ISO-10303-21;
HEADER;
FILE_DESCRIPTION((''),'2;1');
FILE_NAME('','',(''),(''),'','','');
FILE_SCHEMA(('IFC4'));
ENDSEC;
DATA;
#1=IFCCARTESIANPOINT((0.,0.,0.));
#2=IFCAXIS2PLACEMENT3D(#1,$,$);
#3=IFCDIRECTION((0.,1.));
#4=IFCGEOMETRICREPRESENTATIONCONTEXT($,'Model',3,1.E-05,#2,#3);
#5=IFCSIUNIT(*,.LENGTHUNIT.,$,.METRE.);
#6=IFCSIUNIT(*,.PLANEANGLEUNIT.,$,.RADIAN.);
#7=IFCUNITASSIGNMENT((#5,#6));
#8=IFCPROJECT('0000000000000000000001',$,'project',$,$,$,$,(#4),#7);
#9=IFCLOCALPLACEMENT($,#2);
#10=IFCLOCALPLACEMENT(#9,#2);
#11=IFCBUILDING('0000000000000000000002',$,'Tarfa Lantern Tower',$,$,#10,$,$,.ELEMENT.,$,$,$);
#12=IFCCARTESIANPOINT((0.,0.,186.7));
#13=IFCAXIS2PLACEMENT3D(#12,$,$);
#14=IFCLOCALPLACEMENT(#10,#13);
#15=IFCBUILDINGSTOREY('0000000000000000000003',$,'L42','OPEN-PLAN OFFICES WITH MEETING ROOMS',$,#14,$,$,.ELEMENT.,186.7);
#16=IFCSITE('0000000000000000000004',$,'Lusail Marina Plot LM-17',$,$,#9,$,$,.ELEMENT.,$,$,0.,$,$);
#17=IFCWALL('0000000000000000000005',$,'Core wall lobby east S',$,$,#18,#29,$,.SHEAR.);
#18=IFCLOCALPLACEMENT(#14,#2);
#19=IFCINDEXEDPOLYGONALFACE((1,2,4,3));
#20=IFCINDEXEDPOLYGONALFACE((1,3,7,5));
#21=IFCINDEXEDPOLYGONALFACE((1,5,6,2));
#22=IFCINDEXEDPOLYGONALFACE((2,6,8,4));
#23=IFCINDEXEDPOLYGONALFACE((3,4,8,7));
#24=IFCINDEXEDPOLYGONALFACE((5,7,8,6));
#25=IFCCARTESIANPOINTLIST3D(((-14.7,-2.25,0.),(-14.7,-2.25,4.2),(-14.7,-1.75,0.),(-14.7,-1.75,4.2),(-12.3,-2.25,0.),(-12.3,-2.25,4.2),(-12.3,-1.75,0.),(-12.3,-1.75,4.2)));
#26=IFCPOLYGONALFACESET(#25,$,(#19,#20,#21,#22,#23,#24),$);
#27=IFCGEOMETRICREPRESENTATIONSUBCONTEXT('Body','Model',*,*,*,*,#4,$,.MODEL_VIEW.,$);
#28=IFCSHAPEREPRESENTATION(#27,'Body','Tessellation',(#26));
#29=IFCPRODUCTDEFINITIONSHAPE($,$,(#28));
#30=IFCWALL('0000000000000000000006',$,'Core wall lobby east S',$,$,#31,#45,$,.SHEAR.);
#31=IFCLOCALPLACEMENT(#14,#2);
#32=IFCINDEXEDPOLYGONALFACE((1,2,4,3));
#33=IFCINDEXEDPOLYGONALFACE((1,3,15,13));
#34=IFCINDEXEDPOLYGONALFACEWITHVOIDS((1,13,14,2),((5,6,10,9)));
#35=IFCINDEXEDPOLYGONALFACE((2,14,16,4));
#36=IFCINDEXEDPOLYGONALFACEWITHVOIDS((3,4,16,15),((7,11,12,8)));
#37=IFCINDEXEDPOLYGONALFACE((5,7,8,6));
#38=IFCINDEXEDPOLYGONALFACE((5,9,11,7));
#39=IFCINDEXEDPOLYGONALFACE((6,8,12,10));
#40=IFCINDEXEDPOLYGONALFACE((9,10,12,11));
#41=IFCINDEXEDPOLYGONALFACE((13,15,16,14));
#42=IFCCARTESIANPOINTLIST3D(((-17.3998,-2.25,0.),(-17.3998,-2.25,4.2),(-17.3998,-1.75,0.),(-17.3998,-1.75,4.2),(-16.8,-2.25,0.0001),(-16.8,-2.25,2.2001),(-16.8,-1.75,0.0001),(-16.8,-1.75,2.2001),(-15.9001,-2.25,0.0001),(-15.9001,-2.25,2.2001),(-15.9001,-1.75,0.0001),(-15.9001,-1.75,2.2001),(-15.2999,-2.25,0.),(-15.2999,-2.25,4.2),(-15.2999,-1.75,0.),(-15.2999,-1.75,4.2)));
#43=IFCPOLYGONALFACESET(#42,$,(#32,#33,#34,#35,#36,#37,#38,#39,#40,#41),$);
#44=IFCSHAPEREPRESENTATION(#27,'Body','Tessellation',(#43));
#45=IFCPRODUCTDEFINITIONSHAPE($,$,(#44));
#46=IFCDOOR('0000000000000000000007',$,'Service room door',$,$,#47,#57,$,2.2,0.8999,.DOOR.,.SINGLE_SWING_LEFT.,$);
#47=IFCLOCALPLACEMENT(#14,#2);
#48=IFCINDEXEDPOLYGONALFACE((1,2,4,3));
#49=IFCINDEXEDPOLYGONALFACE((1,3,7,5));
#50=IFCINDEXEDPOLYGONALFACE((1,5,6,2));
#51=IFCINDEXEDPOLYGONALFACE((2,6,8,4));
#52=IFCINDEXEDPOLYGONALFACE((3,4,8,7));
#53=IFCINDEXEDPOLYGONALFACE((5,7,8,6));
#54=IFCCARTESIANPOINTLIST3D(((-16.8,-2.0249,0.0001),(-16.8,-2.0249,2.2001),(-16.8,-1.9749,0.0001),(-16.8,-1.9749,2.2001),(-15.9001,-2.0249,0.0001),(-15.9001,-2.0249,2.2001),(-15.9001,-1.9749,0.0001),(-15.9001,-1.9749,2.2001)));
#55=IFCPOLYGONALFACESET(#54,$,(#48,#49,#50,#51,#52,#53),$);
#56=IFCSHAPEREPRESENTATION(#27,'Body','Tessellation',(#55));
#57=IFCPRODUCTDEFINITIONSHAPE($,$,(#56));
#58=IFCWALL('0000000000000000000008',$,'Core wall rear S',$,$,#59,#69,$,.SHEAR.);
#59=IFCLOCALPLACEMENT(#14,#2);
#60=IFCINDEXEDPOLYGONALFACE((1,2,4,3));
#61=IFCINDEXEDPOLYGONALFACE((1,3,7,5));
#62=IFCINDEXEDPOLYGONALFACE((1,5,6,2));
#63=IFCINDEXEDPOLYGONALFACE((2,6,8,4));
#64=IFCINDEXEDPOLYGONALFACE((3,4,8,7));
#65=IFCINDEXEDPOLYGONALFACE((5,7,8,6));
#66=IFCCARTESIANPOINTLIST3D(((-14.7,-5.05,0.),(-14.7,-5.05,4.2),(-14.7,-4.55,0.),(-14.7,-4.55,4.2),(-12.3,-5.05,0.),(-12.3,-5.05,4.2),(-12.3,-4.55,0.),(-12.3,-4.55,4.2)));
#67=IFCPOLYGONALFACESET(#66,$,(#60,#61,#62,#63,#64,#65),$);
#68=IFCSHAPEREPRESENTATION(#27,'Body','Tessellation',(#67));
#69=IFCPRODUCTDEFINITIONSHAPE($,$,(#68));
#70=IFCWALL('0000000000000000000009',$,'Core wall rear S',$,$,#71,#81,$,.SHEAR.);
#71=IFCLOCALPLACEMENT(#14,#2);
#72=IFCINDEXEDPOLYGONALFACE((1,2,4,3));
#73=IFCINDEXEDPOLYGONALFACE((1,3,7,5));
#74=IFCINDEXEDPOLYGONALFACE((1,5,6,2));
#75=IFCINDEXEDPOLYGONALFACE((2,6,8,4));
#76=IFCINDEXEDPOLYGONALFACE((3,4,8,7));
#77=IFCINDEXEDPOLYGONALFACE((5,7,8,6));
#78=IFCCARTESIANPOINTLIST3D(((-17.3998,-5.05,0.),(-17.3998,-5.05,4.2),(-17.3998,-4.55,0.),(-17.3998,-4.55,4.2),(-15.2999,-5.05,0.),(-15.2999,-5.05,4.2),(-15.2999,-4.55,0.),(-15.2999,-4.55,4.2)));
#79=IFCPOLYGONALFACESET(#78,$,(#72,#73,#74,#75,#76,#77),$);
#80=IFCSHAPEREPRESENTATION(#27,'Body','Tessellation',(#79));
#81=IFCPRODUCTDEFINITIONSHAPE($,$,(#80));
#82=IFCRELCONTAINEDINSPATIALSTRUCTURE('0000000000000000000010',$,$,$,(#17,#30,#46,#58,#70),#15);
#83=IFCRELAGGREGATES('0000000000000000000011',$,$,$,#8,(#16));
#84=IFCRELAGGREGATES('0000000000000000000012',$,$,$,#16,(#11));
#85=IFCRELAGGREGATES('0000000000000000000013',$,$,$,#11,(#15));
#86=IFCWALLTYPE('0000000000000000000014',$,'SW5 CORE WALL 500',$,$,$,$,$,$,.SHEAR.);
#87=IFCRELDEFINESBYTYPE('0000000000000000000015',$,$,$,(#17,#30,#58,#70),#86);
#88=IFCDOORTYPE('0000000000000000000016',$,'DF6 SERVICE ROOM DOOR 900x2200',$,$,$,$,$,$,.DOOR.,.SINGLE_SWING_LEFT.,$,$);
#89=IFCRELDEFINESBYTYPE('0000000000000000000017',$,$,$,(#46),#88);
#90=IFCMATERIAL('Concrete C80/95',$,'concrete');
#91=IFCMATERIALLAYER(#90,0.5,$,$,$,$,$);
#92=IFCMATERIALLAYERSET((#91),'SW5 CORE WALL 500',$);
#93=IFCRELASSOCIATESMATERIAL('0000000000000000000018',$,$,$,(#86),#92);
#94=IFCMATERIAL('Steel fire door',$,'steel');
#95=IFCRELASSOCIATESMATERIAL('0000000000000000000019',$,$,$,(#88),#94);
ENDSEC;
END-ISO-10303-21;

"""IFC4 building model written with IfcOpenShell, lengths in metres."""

from ifc_helpers import new_model, si_unit, direction, frame, frame_2d, origin, place, context, subcontext, project, spatial, rectangle, extrude, material, layer, layer_set, type_object, element, fill, save


model = new_model("IFC4")

# Units and contexts
model_context = context("Model", 3, precision=1e-05, world=origin(), true_north=direction((0.0, 1.0)))
body_context = subcontext(model_context, "Body", "Model", "MODEL_VIEW")
ifc_project = project(units=[si_unit("LENGTHUNIT", "METRE"), si_unit("PLANEANGLEUNIT", "RADIAN")], contexts=[model_context])

# Site, building, storey
site_placement = place(None, origin())
site = spatial("IfcSite", under=ifc_project, at=site_placement, Name="Lusail Marina Plot LM-17", CompositionType="ELEMENT", RefElevation=0.0)
building_placement = place(site_placement, origin())
building = spatial("IfcBuilding", under=site, at=building_placement, Name="Tarfa Lantern Tower", CompositionType="ELEMENT")
storey_placement = place(building_placement, frame((0.0, 0.0, 186.7)))
storey = spatial("IfcBuildingStorey", under=building, at=storey_placement, Name="L42", Description="OPEN-PLAN OFFICES WITH MEETING ROOMS", CompositionType="ELEMENT", Elevation=186.7)

# Wall
ifc_material_1 = material(Name="Concrete C80/95", Category="concrete")
ifc_layer_1 = layer(ifc_material_1, 0.5)
ifc_layer_set_1 = layer_set([ifc_layer_1], Name="SW5 CORE WALL 500")
wall_type_1 = type_object("IfcWallType", Name="SW5 CORE WALL 500", PredefinedType="SHEAR", material=ifc_layer_set_1)
wall_1_placement = place(storey_placement, frame((-12.3, -2.0, 0.0), z_axis=(0.0, 0.0, 1.0), x_axis=(-1.0, 0.0, 0.0)))
element("IfcWall", 1, at=wall_1_placement, inside=storey, type_object=wall_type_1, Name="Core wall lobby east S", PredefinedType="SHEAR", context=body_context, shape_type="SweptSolid", body=[
    extrude(rectangle(XDim=2.3999, YDim=0.5, at=frame_2d((1.2, 0.0))), origin(), (0.0, 0.0, 1.0), 4.2),
])

# Wall, opening, door
wall_2_placement = place(storey_placement, frame((-15.3, -2.0, 0.0), z_axis=(0.0, 0.0, 1.0), x_axis=(-1.0, 0.0, 0.0)))
wall_2 = element("IfcWall", 2, at=wall_2_placement, inside=storey, type_object=wall_type_1, Name="Core wall lobby east S", PredefinedType="SHEAR", context=body_context, shape_type="SweptSolid", body=[
    extrude(rectangle(XDim=2.0999, YDim=0.5, at=frame_2d((1.0498, 0.0))), origin(), (0.0, 0.0, 1.0), 4.2),
])
opening_1_placement = place(wall_2_placement, frame((0.6001, 0.0, 0.0)))
opening_1 = element("IfcOpeningElement", 3, at=opening_1_placement, cuts=wall_2, PredefinedType="OPENING", context=body_context, shape_type="SweptSolid", body=[
    extrude(rectangle(XDim=0.8999, YDim=2.2, at=frame_2d((0.45, 1.1001))), frame((0.0, 0.26, 0.0), z_axis=(0.0, -1.0, 0.0), x_axis=(1.0, 0.0, 0.0)), (0.0, 0.0, 1.0), 0.52),
])
ifc_material_2 = material(Name="Steel fire door", Category="steel")
door_type_1 = type_object("IfcDoorType", Name="DF6 SERVICE ROOM DOOR 900x2200", OperationType="SINGLE_SWING_LEFT", PredefinedType="DOOR", material=ifc_material_2)
door_1_placement = place(opening_1_placement, origin())
door_1 = element("IfcDoor", 4, at=door_1_placement, inside=storey, type_object=door_type_1, Name="Service room door", OperationType="SINGLE_SWING_LEFT", OverallHeight=2.2, OverallWidth=0.8999, PredefinedType="DOOR", context=body_context, shape_type="SweptSolid", body=[
    extrude(rectangle(XDim=0.8999, YDim=2.2, at=frame_2d((0.45, 1.1001))), frame((0.0, 0.0249, 0.0), z_axis=(0.0, -1.0, 0.0), x_axis=(1.0, 0.0, 0.0)), (0.0, 0.0, 1.0), 0.05),
])
fill(opening_1, door_1)

# Walls
wall_3_placement = place(storey_placement, frame((-12.3, -4.8, 0.0), z_axis=(0.0, 0.0, 1.0), x_axis=(-1.0, 0.0, 0.0)))
element("IfcWall", 5, at=wall_3_placement, inside=storey, type_object=wall_type_1, Name="Core wall rear S", PredefinedType="SHEAR", context=body_context, shape_type="SweptSolid", body=[
    extrude(rectangle(XDim=2.3999, YDim=0.5, at=frame_2d((1.2, 0.0))), origin(), (0.0, 0.0, 1.0), 4.2),
])
wall_4_placement = place(storey_placement, frame((-15.3, -4.8, 0.0), z_axis=(0.0, 0.0, 1.0), x_axis=(-1.0, 0.0, 0.0)))
element("IfcWall", 6, at=wall_4_placement, inside=storey, type_object=wall_type_1, Name="Core wall rear S", PredefinedType="SHEAR", context=body_context, shape_type="SweptSolid", body=[
    extrude(rectangle(XDim=2.0999, YDim=0.5, at=frame_2d((1.0498, 0.0))), origin(), (0.0, 0.0, 1.0), 4.2),
])

save(model, "model.ifc")
